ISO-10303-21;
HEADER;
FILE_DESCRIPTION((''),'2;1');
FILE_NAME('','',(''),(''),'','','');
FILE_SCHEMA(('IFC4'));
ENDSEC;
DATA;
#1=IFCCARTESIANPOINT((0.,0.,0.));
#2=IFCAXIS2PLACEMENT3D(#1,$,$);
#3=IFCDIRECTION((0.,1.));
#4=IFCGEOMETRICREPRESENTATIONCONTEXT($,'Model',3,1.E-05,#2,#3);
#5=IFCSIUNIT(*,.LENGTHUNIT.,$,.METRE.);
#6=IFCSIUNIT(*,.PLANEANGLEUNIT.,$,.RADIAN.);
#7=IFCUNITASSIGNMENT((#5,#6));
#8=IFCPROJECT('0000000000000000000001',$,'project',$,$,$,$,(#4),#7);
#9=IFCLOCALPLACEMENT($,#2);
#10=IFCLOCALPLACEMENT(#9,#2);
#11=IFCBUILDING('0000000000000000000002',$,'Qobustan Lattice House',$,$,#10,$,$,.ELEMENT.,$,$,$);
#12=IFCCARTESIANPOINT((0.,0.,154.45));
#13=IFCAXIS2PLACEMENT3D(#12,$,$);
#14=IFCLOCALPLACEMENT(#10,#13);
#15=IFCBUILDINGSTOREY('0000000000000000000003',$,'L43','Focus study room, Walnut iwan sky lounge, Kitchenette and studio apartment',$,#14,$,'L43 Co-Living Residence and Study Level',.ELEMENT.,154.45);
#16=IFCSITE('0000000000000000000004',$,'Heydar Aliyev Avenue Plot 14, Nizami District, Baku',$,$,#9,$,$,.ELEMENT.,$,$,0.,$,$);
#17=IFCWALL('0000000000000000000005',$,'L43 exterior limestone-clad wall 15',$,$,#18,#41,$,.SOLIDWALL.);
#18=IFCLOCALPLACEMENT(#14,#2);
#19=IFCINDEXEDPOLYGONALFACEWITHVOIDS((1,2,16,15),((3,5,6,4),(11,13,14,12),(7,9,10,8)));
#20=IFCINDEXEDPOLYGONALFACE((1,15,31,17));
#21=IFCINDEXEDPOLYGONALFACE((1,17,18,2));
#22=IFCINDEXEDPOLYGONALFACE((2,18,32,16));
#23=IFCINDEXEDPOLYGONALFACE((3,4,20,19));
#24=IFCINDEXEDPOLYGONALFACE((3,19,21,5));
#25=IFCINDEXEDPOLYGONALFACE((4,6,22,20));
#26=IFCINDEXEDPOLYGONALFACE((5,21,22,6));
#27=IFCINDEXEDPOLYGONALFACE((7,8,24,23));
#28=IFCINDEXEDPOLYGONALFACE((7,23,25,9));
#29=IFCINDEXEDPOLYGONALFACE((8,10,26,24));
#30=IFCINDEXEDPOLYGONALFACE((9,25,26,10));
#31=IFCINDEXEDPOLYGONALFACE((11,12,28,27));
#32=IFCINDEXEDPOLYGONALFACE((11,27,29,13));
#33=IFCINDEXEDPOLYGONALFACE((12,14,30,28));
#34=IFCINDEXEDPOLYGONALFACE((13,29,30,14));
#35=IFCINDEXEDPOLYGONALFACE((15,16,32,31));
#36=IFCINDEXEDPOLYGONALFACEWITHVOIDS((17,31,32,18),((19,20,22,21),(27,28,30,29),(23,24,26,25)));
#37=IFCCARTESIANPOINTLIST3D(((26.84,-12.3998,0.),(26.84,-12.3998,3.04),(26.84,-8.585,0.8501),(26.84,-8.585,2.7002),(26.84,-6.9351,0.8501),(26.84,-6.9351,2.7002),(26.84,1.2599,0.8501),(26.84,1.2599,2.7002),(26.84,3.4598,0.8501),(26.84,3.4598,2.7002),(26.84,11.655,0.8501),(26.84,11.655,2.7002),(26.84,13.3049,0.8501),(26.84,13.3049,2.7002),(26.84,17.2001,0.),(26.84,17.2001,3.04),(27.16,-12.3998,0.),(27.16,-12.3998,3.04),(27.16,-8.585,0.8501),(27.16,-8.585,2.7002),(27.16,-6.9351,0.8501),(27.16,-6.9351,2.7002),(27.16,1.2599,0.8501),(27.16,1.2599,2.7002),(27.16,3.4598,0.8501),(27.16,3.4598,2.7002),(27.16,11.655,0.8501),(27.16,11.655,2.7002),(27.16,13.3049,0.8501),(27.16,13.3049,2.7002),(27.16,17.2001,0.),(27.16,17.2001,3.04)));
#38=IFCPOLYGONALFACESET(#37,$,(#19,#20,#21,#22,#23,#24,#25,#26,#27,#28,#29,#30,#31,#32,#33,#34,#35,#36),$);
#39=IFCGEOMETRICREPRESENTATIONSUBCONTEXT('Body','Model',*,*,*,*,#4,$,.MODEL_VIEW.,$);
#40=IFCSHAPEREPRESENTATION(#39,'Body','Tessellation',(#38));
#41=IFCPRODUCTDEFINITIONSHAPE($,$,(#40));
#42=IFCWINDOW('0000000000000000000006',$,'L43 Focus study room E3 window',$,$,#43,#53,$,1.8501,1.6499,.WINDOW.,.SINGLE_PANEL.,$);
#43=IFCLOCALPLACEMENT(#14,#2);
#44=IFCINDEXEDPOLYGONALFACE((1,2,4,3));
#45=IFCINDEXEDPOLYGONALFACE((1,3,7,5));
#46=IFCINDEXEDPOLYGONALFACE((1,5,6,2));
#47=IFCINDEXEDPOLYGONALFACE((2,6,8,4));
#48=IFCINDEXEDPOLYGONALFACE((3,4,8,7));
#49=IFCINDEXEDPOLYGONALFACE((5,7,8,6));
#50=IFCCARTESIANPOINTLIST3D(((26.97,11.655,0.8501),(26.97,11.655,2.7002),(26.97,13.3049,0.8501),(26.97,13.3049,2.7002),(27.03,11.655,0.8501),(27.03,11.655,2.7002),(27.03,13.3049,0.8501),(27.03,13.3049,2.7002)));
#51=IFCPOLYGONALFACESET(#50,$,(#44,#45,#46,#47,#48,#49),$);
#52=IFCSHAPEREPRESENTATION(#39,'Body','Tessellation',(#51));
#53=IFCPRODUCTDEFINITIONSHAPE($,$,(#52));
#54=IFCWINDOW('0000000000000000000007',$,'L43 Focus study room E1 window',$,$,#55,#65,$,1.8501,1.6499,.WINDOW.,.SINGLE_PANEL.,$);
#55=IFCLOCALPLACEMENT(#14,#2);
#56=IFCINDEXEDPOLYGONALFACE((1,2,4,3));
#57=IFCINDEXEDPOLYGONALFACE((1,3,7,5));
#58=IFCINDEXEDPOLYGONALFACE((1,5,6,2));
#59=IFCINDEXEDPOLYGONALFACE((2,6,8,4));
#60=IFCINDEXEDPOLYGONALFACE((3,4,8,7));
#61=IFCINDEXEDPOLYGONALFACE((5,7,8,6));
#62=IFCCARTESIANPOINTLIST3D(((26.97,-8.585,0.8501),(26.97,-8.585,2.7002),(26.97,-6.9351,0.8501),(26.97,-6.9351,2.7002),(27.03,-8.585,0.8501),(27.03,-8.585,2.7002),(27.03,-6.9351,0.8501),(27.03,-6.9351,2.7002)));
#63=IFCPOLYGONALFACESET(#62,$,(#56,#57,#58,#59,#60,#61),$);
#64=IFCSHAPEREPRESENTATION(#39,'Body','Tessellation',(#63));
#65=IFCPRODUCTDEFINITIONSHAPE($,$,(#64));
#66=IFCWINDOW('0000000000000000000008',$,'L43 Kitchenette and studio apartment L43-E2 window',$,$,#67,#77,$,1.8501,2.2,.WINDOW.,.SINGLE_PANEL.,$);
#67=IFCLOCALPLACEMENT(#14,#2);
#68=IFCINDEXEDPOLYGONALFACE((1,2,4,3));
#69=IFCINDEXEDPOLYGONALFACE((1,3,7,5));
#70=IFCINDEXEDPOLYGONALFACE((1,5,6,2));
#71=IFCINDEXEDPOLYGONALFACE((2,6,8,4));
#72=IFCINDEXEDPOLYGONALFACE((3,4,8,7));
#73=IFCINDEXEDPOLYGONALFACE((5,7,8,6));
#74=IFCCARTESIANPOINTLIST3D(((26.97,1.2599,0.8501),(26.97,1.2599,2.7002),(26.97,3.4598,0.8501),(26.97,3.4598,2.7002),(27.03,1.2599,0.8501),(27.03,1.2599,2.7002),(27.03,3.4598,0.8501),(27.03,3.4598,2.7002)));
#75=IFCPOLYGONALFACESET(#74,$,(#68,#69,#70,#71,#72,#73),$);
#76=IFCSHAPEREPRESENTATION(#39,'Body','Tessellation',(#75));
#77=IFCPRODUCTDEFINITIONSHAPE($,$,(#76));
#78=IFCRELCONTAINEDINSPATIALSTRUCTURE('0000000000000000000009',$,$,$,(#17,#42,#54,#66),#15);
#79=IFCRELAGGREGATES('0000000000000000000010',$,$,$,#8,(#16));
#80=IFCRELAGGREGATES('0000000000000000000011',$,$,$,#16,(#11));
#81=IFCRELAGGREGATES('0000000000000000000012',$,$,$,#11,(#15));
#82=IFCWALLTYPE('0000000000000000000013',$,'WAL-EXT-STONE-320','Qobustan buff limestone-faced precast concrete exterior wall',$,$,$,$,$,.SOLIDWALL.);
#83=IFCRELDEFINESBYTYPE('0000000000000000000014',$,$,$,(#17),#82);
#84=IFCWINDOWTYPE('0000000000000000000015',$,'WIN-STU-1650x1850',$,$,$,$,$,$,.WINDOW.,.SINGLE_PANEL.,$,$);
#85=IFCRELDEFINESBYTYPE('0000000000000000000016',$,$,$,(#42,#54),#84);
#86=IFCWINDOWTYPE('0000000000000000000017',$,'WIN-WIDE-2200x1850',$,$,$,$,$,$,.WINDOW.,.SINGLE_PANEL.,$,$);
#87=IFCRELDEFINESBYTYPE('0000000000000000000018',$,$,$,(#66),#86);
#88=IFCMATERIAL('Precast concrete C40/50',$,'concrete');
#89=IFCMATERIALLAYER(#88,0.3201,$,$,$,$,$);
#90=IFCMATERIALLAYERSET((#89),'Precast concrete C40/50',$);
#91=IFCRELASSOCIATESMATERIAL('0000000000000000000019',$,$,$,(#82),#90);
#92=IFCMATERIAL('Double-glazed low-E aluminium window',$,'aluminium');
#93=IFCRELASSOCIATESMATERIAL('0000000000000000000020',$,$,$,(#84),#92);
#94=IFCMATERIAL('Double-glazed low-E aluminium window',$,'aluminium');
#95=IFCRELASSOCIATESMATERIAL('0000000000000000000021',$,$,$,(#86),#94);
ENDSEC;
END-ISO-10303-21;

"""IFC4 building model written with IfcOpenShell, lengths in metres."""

from ifc_helpers import new_model, si_unit, direction, frame, frame_2d, origin, place, context, subcontext, project, spatial, rectangle, extrude, material, layer, layer_set, type_object, element, fill, save


model = new_model("IFC4")

# Units and contexts
model_context = context("Model", 3, precision=1e-05, world=origin(), true_north=direction((0.0, 1.0)))
body_context = subcontext(model_context, "Body", "Model", "MODEL_VIEW")
ifc_project = project(units=[si_unit("LENGTHUNIT", "METRE"), si_unit("PLANEANGLEUNIT", "RADIAN")], contexts=[model_context])

# Site, building, storey
site_placement = place(None, origin())
site = spatial("IfcSite", under=ifc_project, at=site_placement, Name="Heydar Aliyev Avenue Plot 14, Nizami District, Baku", CompositionType="ELEMENT", RefElevation=0.0)
building_placement = place(site_placement, origin())
building = spatial("IfcBuilding", under=site, at=building_placement, Name="Qobustan Lattice House", CompositionType="ELEMENT")
storey_placement = place(building_placement, frame((0.0, 0.0, 154.45)))
storey = spatial("IfcBuildingStorey", under=building, at=storey_placement, Name="L43", Description="Focus study room, Walnut iwan sky lounge, Kitchenette and studio apartment", LongName="L43 Co-Living Residence and Study Level", CompositionType="ELEMENT", Elevation=154.45)

# Shared definitions
ifc_material_1 = material(Name="Precast concrete C40/50", Category="concrete")
ifc_layer_1 = layer(ifc_material_1, 0.3201)
ifc_layer_set_1 = layer_set([ifc_layer_1], Name="Precast concrete C40/50")
wall_type = type_object("IfcWallType", Name="WAL-EXT-STONE-320", Description="Qobustan buff limestone-faced precast concrete exterior wall", PredefinedType="SOLIDWALL", material=ifc_layer_set_1)

# Wall, openings, windows
wall_1_placement = place(storey_placement, frame((27.0, 17.2, 0.0), z_axis=(0.0, 0.0, 1.0), x_axis=(0.0, -1.0, 0.0)))
wall_1 = element("IfcWall", 1, at=wall_1_placement, inside=storey, type_object=wall_type, Name="L43 exterior limestone-clad wall 15", PredefinedType="SOLIDWALL", context=body_context, shape_type="SweptSolid", body=[
    extrude(rectangle(XDim=29.5999, YDim=0.3201, at=frame_2d((14.7998, 0.0))), origin(), (0.0, 0.0, 1.0), 3.04),
])
opening_1_placement = place(wall_1_placement, frame((3.895, 0.0, 0.8501)))
opening_1 = element("IfcOpeningElement", 2, at=opening_1_placement, cuts=wall_1, PredefinedType="OPENING", context=body_context, shape_type="SweptSolid", body=[
    extrude(rectangle(XDim=1.6499, YDim=1.8501, at=frame_2d((0.825, 0.925))), frame((0.0, 0.1699, 0.0), z_axis=(0.0, -1.0, 0.0), x_axis=(1.0, 0.0, 0.0)), (0.0, 0.0, 1.0), 0.3401),
])
opening_2_placement = place(wall_1_placement, frame((13.74, 0.0, 0.8501)))
opening_2 = element("IfcOpeningElement", 3, at=opening_2_placement, cuts=wall_1, PredefinedType="OPENING", context=body_context, shape_type="SweptSolid", body=[
    extrude(rectangle(XDim=2.2, YDim=1.8501, at=frame_2d((1.1001, 0.925))), frame((0.0, 0.1699, 0.0), z_axis=(0.0, -1.0, 0.0), x_axis=(1.0, 0.0, 0.0)), (0.0, 0.0, 1.0), 0.3401),
])
opening_3_placement = place(wall_1_placement, frame((24.135, 0.0, 0.8501)))
opening_3 = element("IfcOpeningElement", 4, at=opening_3_placement, cuts=wall_1, PredefinedType="OPENING", context=body_context, shape_type="SweptSolid", body=[
    extrude(rectangle(XDim=1.6499, YDim=1.8501, at=frame_2d((0.825, 0.925))), frame((0.0, 0.1699, 0.0), z_axis=(0.0, -1.0, 0.0), x_axis=(1.0, 0.0, 0.0)), (0.0, 0.0, 1.0), 0.3401),
])
ifc_material_2 = material(Name="Double-glazed low-E aluminium window", Category="aluminium")
window_type_1 = type_object("IfcWindowType", Name="WIN-STU-1650x1850", PartitioningType="SINGLE_PANEL", PredefinedType="WINDOW", material=ifc_material_2)
window_1_placement = place(opening_1_placement, origin())
window_1 = element("IfcWindow", 5, at=window_1_placement, inside=storey, type_object=window_type_1, Name="L43 Focus study room E3 window", OverallHeight=1.8501, OverallWidth=1.6499, PartitioningType="SINGLE_PANEL", PredefinedType="WINDOW", context=body_context, shape_type="SweptSolid", body=[
    extrude(rectangle(XDim=1.6499, YDim=1.8501, at=frame_2d((0.825, 0.925))), frame((0.0, 0.03, 0.0), z_axis=(0.0, -1.0, 0.0), x_axis=(1.0, 0.0, 0.0)), (0.0, 0.0, 1.0), 0.0601),
])
fill(opening_1, window_1)
window_2_placement = place(opening_3_placement, origin())
window_2 = element("IfcWindow", 6, at=window_2_placement, inside=storey, type_object=window_type_1, Name="L43 Focus study room E1 window", OverallHeight=1.8501, OverallWidth=1.6499, PartitioningType="SINGLE_PANEL", PredefinedType="WINDOW", context=body_context, shape_type="SweptSolid", body=[
    extrude(rectangle(XDim=1.6499, YDim=1.8501, at=frame_2d((0.825, 0.925))), frame((0.0, 0.03, 0.0), z_axis=(0.0, -1.0, 0.0), x_axis=(1.0, 0.0, 0.0)), (0.0, 0.0, 1.0), 0.0601),
])
fill(opening_3, window_2)
ifc_material_3 = material(Name="Double-glazed low-E aluminium window", Category="aluminium")
window_type_2 = type_object("IfcWindowType", Name="WIN-WIDE-2200x1850", PartitioningType="SINGLE_PANEL", PredefinedType="WINDOW", material=ifc_material_3)
window_3_placement = place(opening_2_placement, origin())
window_3 = element("IfcWindow", 7, at=window_3_placement, inside=storey, type_object=window_type_2, Name="L43 Kitchenette and studio apartment L43-E2 window", OverallHeight=1.8501, OverallWidth=2.2, PartitioningType="SINGLE_PANEL", PredefinedType="WINDOW", context=body_context, shape_type="SweptSolid", body=[
    extrude(rectangle(XDim=2.2, YDim=1.8501, at=frame_2d((1.1001, 0.925))), frame((0.0, 0.03, 0.0), z_axis=(0.0, -1.0, 0.0), x_axis=(1.0, 0.0, 0.0)), (0.0, 0.0, 1.0), 0.0601),
])
fill(opening_2, window_3)

save(model, "model.ifc")
